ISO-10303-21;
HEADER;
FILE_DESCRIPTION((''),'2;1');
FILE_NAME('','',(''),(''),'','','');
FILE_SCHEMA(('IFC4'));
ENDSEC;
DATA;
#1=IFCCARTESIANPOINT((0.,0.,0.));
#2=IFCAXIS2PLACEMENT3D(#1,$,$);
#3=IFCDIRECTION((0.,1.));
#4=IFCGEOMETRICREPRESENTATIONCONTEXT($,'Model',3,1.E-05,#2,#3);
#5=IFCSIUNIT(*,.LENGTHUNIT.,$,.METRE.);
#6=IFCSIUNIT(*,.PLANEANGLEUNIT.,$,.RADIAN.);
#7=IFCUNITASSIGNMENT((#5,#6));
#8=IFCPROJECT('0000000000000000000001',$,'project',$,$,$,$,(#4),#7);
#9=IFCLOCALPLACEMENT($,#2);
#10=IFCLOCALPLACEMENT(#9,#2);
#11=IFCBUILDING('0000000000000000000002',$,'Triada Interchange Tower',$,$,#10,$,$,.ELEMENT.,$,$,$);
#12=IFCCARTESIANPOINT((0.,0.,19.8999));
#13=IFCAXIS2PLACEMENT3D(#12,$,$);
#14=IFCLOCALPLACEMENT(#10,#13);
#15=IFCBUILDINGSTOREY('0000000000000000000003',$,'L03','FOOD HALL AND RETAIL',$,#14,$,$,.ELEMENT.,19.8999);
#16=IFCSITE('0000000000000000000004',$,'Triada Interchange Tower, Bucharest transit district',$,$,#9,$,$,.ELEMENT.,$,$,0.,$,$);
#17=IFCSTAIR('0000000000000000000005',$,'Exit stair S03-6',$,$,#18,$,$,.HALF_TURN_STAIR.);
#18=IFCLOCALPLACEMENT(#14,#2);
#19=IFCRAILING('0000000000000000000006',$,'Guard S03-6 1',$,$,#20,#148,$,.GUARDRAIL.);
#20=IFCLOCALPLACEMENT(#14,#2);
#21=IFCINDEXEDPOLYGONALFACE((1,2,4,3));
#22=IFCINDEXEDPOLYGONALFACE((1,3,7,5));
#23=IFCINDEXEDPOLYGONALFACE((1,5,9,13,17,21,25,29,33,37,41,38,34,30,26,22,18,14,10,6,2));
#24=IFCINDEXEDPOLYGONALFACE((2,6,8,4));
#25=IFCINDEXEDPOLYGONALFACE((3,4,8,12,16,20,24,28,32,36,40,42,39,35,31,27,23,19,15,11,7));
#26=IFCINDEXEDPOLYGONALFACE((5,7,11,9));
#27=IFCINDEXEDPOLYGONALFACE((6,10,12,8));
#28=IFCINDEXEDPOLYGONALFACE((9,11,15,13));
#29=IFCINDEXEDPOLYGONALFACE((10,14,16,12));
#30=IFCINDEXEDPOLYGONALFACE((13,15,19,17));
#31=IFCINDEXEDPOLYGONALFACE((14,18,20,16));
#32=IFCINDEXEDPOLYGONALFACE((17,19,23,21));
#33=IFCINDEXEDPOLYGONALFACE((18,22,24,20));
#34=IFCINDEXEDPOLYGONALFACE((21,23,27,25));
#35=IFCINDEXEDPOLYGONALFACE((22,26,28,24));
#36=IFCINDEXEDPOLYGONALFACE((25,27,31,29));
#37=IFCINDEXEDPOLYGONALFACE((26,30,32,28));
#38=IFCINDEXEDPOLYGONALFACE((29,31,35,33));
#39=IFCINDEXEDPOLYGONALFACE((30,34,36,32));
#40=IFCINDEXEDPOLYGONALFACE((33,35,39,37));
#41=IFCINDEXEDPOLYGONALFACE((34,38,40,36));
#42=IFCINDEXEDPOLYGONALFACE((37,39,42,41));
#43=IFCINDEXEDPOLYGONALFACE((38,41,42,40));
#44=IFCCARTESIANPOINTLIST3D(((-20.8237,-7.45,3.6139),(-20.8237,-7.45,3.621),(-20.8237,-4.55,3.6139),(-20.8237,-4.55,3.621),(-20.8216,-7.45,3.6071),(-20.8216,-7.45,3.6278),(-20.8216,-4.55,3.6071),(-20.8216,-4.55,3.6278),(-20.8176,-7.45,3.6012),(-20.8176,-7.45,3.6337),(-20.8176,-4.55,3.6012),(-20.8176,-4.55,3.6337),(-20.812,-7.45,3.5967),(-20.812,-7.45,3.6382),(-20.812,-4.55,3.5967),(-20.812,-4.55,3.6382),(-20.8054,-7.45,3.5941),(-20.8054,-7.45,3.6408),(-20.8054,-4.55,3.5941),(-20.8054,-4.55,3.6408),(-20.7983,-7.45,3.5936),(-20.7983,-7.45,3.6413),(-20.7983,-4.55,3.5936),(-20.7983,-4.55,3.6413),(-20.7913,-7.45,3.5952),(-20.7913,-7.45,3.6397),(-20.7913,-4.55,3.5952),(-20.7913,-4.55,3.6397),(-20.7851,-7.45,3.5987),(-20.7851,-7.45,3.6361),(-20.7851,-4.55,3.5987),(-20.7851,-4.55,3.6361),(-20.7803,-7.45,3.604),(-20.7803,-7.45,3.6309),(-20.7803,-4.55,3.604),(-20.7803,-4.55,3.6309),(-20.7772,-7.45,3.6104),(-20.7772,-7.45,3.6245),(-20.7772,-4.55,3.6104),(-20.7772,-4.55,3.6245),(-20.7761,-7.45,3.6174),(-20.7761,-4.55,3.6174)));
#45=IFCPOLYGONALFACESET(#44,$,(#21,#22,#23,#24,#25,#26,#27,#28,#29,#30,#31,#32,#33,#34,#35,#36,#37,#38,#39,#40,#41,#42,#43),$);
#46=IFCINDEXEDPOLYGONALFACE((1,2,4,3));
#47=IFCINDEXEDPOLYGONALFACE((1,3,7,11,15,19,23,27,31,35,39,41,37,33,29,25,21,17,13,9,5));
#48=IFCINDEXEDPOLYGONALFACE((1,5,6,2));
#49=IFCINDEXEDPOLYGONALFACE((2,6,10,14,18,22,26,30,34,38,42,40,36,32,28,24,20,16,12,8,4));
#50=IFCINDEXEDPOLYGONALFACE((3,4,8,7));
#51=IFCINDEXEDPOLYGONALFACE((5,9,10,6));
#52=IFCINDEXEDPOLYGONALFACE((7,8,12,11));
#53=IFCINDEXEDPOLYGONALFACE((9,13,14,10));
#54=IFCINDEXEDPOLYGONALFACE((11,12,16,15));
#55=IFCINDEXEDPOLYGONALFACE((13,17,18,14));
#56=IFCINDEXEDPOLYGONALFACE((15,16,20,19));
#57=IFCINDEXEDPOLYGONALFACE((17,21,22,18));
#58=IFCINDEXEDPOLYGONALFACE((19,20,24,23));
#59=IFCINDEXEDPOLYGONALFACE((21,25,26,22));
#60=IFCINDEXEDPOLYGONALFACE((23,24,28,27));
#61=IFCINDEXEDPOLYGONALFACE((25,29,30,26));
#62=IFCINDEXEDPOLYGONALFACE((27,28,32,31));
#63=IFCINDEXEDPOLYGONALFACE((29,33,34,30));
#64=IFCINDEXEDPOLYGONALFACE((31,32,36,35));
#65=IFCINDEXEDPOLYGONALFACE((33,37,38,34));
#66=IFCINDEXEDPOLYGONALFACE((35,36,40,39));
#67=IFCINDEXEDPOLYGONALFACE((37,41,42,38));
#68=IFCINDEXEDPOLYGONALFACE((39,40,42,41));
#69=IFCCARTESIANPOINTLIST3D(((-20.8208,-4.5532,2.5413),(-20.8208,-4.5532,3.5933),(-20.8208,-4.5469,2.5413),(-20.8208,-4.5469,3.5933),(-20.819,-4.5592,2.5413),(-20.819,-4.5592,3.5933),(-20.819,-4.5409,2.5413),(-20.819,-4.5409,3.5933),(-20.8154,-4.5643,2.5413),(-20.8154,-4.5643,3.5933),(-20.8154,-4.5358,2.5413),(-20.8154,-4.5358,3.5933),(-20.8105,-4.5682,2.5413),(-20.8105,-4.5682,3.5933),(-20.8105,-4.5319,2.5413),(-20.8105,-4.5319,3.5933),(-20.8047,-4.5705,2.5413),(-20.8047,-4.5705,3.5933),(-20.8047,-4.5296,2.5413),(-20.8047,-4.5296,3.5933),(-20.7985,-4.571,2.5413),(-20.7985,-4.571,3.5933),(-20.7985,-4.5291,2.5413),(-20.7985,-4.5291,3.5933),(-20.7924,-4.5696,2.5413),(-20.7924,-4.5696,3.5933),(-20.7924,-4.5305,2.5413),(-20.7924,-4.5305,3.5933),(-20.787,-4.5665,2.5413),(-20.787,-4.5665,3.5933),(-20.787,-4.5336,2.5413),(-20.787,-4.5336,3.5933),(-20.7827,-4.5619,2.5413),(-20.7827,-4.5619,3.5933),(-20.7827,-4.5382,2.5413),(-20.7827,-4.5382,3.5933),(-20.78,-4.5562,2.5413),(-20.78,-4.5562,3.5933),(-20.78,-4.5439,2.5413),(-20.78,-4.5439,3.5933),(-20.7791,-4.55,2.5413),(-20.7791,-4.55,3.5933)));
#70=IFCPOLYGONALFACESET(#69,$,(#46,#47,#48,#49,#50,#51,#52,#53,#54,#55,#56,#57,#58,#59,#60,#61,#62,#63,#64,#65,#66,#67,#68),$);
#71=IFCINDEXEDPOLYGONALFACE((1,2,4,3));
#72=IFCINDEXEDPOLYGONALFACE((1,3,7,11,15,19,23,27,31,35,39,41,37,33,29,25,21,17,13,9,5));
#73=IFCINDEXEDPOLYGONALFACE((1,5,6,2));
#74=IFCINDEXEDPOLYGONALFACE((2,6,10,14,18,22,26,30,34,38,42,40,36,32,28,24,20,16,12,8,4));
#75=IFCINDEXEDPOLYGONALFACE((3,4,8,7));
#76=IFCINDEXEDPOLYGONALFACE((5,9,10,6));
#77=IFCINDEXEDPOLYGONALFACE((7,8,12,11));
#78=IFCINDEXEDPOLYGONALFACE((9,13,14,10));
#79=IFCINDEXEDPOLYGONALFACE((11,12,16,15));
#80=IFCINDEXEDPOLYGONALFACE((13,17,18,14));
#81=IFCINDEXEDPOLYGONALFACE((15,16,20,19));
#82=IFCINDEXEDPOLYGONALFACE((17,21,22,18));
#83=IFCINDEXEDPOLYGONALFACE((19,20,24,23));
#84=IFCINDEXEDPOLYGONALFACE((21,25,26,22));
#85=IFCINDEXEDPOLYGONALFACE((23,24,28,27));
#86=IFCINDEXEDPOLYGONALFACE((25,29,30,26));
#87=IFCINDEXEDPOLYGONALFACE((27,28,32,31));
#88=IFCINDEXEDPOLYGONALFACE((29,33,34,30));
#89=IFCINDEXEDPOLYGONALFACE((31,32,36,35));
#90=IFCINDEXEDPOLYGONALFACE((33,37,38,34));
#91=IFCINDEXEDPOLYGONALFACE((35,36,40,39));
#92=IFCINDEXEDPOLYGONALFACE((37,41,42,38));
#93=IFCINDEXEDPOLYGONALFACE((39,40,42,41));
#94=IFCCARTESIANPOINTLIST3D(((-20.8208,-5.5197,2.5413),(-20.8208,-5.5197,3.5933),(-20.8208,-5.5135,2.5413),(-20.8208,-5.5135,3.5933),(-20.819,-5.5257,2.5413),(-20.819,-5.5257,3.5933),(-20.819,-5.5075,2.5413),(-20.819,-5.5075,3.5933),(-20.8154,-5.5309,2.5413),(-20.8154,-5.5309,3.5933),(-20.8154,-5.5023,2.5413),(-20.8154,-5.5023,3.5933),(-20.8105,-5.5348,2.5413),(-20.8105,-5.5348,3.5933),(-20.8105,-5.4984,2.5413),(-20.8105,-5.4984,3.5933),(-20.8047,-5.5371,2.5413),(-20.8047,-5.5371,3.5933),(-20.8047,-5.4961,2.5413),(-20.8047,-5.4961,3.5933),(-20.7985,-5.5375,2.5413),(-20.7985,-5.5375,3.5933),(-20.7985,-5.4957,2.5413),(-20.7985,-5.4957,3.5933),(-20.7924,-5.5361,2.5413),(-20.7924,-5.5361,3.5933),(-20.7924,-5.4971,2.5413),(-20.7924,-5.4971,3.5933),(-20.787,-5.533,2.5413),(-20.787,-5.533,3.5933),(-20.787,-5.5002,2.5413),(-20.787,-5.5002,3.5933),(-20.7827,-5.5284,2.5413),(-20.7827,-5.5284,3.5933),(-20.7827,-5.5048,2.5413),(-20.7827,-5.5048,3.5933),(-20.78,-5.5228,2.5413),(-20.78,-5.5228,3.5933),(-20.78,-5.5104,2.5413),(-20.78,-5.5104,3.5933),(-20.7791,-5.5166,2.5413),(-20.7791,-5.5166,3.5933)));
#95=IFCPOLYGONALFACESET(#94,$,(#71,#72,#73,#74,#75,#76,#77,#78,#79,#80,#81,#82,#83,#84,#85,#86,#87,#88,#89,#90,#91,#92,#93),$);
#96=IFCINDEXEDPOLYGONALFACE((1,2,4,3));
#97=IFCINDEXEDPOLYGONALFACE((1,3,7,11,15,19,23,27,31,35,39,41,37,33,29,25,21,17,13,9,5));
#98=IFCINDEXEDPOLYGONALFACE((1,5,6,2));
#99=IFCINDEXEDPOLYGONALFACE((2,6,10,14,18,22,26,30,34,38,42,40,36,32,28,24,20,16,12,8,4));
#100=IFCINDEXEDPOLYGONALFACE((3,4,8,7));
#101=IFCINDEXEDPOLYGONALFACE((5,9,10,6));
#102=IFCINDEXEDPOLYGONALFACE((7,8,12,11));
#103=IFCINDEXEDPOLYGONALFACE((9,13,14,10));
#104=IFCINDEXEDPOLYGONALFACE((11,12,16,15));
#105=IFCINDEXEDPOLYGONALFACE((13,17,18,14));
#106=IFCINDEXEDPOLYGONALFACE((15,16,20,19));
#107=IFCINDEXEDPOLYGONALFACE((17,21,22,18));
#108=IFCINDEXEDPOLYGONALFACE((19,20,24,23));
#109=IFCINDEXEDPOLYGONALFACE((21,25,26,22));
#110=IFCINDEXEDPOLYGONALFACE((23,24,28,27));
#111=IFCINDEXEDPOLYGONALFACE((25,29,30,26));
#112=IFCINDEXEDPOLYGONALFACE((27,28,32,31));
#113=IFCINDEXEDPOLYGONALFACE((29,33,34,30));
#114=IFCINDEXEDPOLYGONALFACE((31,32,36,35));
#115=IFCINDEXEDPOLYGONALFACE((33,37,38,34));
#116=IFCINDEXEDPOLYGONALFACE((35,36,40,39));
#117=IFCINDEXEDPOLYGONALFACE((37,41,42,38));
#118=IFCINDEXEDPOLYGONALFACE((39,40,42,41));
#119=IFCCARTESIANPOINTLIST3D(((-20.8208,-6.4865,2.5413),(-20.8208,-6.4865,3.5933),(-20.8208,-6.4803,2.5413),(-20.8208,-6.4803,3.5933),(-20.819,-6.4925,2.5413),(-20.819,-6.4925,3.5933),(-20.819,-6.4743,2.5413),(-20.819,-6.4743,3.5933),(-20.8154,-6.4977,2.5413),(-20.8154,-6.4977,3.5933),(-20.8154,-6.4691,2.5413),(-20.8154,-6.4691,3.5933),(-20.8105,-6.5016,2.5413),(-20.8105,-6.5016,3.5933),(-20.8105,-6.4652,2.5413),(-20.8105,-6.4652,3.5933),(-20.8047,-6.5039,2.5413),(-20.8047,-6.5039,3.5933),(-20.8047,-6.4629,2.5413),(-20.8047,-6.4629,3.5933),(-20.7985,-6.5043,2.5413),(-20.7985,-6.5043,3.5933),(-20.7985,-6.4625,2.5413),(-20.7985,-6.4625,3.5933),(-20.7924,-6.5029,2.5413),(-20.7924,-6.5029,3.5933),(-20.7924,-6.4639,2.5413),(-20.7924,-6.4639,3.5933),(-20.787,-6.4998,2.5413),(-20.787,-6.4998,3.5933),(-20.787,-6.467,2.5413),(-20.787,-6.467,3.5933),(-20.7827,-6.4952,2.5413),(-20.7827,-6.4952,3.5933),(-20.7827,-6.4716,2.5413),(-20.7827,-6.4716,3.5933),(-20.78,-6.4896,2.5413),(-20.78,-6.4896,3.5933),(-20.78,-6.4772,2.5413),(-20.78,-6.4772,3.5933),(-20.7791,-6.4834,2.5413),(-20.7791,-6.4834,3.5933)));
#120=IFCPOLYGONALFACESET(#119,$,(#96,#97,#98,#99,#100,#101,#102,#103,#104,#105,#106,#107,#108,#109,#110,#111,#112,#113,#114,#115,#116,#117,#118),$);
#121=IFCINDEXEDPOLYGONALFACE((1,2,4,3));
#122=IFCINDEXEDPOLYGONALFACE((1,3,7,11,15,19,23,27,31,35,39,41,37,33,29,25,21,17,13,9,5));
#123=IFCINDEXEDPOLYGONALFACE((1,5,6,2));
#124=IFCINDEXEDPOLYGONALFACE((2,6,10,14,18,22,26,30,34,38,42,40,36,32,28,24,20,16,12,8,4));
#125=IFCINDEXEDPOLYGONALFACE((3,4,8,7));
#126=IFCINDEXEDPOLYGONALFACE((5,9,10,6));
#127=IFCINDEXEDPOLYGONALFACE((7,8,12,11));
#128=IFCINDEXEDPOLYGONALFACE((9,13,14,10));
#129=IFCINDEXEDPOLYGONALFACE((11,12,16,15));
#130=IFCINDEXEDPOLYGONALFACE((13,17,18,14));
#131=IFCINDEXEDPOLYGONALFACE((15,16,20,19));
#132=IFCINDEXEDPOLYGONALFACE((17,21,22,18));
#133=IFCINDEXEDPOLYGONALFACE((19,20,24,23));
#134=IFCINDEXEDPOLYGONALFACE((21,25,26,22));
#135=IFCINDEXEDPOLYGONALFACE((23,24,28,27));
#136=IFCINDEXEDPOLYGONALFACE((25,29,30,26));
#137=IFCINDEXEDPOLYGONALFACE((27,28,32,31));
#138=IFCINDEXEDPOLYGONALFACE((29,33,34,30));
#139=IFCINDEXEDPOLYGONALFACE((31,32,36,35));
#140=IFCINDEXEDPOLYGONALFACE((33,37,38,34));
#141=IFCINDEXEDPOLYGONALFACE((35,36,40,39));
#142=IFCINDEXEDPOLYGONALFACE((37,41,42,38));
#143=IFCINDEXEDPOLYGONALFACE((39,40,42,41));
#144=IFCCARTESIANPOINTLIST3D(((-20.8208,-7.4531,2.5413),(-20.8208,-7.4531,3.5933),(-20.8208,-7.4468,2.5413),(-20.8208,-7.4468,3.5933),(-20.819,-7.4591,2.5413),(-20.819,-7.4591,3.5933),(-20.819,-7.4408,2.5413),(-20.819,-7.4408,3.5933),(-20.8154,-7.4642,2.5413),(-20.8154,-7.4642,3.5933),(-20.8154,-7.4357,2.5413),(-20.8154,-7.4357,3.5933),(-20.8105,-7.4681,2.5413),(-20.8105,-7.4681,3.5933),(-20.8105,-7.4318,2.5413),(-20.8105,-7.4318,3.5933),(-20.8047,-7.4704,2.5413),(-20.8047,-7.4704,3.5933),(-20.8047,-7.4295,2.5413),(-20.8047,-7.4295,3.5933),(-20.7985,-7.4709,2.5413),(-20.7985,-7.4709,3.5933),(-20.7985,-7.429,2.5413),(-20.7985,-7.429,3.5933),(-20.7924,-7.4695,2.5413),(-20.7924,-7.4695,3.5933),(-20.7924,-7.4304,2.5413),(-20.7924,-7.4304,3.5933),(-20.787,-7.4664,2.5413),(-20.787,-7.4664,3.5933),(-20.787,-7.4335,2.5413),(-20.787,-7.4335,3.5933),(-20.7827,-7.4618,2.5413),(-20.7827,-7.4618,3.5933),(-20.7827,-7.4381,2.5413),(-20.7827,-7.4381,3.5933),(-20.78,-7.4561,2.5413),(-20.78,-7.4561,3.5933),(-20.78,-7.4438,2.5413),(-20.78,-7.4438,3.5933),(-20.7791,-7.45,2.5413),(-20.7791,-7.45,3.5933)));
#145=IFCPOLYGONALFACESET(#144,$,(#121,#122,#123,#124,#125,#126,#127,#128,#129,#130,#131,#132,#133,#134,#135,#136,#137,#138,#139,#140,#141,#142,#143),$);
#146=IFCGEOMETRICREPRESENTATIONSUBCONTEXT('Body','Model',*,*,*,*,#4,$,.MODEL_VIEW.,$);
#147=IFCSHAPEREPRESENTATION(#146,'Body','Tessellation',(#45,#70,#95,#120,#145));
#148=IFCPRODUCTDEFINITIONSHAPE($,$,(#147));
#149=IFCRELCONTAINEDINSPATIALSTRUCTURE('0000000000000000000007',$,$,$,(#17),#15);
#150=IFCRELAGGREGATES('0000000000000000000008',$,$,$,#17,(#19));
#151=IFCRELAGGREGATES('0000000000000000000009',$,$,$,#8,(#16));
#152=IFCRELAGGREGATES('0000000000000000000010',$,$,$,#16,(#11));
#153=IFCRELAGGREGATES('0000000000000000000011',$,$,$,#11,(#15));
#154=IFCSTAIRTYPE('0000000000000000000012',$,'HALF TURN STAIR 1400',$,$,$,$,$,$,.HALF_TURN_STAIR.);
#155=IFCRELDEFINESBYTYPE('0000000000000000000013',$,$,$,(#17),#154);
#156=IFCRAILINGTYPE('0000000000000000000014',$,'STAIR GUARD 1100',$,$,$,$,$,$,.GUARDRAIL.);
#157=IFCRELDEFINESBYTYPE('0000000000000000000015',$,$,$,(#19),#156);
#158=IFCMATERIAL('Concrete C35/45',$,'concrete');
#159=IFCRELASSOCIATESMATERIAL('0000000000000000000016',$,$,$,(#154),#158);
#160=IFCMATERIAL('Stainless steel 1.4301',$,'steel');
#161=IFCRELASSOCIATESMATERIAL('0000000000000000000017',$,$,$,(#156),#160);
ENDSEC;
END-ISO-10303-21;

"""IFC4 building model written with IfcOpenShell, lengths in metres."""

from ifc_helpers import new_model, si_unit, direction, frame, origin, origin_2d, place, context, subcontext, project, spatial, circle, extrude, material, type_object, element, aggregate, save


model = new_model("IFC4")

# Units and contexts
model_context = context("Model", 3, precision=1e-05, world=origin(), true_north=direction((0.0, 1.0)))
body_context = subcontext(model_context, "Body", "Model", "MODEL_VIEW")
ifc_project = project(units=[si_unit("LENGTHUNIT", "METRE"), si_unit("PLANEANGLEUNIT", "RADIAN")], contexts=[model_context])

# Site, building, storey
site_placement = place(None, origin())
site = spatial("IfcSite", under=ifc_project, at=site_placement, Name="Triada Interchange Tower, Bucharest transit district", CompositionType="ELEMENT", RefElevation=0.0)
building_placement = place(site_placement, origin())
building = spatial("IfcBuilding", under=site, at=building_placement, Name="Triada Interchange Tower", CompositionType="ELEMENT")
storey_placement = place(building_placement, frame((0.0, 0.0, 19.8999)))
storey = spatial("IfcBuildingStorey", under=building, at=storey_placement, Name="L03", Description="FOOD HALL AND RETAIL", CompositionType="ELEMENT", Elevation=19.8999)

# Shared definitions
ifc_material_1 = material(Name="Concrete C35/45", Category="concrete")

# Stair
stair_type = type_object("IfcStairType", Name="HALF TURN STAIR 1400", PredefinedType="HALF_TURN_STAIR", material=ifc_material_1)
stair_1_placement = place(storey_placement, origin())
stair_1 = element("IfcStair", 1, at=stair_1_placement, inside=storey, type_object=stair_type, Name="Exit stair S03-6", PredefinedType="HALF_TURN_STAIR")

# Shared definitions
ifc_material_2 = material(Name="Stainless steel 1.4301", Category="steel")
railing_type_1 = type_object("IfcRailingType", Name="STAIR GUARD 1100", PredefinedType="GUARDRAIL", material=ifc_material_2)

# Railing
railing_1_placement = place(storey_placement, frame((-20.8, -4.55, 2.5413)))
railing_1 = element("IfcRailing", 2, at=railing_1_placement, type_object=railing_type_1, Name="Guard S03-6 1", PredefinedType="GUARDRAIL", context=body_context, shape_type="SweptSolid", body=[
    extrude(circle(Radius=0.0239, at=origin_2d()), frame((0.0, 0.0, 1.0762), z_axis=(0.0, -1.0, 0.0), x_axis=(1.0, 0.0, 0.0)), (0.0, 0.0, 1.0), 2.8999),
    extrude(circle(Radius=0.021, at=origin_2d()), origin(), (0.0, 0.0, 1.0), 1.052),
    extrude(circle(Radius=0.021, at=origin_2d()), frame((0.0, -0.9666, 0.0)), (0.0, 0.0, 1.0), 1.052),
    extrude(circle(Radius=0.021, at=origin_2d()), frame((0.0, -1.9333, 0.0)), (0.0, 0.0, 1.0), 1.052),
    extrude(circle(Radius=0.021, at=origin_2d()), frame((0.0, -2.8999, 0.0)), (0.0, 0.0, 1.0), 1.052),
])
aggregate(stair_1, [railing_1])

save(model, "model.ifc")
